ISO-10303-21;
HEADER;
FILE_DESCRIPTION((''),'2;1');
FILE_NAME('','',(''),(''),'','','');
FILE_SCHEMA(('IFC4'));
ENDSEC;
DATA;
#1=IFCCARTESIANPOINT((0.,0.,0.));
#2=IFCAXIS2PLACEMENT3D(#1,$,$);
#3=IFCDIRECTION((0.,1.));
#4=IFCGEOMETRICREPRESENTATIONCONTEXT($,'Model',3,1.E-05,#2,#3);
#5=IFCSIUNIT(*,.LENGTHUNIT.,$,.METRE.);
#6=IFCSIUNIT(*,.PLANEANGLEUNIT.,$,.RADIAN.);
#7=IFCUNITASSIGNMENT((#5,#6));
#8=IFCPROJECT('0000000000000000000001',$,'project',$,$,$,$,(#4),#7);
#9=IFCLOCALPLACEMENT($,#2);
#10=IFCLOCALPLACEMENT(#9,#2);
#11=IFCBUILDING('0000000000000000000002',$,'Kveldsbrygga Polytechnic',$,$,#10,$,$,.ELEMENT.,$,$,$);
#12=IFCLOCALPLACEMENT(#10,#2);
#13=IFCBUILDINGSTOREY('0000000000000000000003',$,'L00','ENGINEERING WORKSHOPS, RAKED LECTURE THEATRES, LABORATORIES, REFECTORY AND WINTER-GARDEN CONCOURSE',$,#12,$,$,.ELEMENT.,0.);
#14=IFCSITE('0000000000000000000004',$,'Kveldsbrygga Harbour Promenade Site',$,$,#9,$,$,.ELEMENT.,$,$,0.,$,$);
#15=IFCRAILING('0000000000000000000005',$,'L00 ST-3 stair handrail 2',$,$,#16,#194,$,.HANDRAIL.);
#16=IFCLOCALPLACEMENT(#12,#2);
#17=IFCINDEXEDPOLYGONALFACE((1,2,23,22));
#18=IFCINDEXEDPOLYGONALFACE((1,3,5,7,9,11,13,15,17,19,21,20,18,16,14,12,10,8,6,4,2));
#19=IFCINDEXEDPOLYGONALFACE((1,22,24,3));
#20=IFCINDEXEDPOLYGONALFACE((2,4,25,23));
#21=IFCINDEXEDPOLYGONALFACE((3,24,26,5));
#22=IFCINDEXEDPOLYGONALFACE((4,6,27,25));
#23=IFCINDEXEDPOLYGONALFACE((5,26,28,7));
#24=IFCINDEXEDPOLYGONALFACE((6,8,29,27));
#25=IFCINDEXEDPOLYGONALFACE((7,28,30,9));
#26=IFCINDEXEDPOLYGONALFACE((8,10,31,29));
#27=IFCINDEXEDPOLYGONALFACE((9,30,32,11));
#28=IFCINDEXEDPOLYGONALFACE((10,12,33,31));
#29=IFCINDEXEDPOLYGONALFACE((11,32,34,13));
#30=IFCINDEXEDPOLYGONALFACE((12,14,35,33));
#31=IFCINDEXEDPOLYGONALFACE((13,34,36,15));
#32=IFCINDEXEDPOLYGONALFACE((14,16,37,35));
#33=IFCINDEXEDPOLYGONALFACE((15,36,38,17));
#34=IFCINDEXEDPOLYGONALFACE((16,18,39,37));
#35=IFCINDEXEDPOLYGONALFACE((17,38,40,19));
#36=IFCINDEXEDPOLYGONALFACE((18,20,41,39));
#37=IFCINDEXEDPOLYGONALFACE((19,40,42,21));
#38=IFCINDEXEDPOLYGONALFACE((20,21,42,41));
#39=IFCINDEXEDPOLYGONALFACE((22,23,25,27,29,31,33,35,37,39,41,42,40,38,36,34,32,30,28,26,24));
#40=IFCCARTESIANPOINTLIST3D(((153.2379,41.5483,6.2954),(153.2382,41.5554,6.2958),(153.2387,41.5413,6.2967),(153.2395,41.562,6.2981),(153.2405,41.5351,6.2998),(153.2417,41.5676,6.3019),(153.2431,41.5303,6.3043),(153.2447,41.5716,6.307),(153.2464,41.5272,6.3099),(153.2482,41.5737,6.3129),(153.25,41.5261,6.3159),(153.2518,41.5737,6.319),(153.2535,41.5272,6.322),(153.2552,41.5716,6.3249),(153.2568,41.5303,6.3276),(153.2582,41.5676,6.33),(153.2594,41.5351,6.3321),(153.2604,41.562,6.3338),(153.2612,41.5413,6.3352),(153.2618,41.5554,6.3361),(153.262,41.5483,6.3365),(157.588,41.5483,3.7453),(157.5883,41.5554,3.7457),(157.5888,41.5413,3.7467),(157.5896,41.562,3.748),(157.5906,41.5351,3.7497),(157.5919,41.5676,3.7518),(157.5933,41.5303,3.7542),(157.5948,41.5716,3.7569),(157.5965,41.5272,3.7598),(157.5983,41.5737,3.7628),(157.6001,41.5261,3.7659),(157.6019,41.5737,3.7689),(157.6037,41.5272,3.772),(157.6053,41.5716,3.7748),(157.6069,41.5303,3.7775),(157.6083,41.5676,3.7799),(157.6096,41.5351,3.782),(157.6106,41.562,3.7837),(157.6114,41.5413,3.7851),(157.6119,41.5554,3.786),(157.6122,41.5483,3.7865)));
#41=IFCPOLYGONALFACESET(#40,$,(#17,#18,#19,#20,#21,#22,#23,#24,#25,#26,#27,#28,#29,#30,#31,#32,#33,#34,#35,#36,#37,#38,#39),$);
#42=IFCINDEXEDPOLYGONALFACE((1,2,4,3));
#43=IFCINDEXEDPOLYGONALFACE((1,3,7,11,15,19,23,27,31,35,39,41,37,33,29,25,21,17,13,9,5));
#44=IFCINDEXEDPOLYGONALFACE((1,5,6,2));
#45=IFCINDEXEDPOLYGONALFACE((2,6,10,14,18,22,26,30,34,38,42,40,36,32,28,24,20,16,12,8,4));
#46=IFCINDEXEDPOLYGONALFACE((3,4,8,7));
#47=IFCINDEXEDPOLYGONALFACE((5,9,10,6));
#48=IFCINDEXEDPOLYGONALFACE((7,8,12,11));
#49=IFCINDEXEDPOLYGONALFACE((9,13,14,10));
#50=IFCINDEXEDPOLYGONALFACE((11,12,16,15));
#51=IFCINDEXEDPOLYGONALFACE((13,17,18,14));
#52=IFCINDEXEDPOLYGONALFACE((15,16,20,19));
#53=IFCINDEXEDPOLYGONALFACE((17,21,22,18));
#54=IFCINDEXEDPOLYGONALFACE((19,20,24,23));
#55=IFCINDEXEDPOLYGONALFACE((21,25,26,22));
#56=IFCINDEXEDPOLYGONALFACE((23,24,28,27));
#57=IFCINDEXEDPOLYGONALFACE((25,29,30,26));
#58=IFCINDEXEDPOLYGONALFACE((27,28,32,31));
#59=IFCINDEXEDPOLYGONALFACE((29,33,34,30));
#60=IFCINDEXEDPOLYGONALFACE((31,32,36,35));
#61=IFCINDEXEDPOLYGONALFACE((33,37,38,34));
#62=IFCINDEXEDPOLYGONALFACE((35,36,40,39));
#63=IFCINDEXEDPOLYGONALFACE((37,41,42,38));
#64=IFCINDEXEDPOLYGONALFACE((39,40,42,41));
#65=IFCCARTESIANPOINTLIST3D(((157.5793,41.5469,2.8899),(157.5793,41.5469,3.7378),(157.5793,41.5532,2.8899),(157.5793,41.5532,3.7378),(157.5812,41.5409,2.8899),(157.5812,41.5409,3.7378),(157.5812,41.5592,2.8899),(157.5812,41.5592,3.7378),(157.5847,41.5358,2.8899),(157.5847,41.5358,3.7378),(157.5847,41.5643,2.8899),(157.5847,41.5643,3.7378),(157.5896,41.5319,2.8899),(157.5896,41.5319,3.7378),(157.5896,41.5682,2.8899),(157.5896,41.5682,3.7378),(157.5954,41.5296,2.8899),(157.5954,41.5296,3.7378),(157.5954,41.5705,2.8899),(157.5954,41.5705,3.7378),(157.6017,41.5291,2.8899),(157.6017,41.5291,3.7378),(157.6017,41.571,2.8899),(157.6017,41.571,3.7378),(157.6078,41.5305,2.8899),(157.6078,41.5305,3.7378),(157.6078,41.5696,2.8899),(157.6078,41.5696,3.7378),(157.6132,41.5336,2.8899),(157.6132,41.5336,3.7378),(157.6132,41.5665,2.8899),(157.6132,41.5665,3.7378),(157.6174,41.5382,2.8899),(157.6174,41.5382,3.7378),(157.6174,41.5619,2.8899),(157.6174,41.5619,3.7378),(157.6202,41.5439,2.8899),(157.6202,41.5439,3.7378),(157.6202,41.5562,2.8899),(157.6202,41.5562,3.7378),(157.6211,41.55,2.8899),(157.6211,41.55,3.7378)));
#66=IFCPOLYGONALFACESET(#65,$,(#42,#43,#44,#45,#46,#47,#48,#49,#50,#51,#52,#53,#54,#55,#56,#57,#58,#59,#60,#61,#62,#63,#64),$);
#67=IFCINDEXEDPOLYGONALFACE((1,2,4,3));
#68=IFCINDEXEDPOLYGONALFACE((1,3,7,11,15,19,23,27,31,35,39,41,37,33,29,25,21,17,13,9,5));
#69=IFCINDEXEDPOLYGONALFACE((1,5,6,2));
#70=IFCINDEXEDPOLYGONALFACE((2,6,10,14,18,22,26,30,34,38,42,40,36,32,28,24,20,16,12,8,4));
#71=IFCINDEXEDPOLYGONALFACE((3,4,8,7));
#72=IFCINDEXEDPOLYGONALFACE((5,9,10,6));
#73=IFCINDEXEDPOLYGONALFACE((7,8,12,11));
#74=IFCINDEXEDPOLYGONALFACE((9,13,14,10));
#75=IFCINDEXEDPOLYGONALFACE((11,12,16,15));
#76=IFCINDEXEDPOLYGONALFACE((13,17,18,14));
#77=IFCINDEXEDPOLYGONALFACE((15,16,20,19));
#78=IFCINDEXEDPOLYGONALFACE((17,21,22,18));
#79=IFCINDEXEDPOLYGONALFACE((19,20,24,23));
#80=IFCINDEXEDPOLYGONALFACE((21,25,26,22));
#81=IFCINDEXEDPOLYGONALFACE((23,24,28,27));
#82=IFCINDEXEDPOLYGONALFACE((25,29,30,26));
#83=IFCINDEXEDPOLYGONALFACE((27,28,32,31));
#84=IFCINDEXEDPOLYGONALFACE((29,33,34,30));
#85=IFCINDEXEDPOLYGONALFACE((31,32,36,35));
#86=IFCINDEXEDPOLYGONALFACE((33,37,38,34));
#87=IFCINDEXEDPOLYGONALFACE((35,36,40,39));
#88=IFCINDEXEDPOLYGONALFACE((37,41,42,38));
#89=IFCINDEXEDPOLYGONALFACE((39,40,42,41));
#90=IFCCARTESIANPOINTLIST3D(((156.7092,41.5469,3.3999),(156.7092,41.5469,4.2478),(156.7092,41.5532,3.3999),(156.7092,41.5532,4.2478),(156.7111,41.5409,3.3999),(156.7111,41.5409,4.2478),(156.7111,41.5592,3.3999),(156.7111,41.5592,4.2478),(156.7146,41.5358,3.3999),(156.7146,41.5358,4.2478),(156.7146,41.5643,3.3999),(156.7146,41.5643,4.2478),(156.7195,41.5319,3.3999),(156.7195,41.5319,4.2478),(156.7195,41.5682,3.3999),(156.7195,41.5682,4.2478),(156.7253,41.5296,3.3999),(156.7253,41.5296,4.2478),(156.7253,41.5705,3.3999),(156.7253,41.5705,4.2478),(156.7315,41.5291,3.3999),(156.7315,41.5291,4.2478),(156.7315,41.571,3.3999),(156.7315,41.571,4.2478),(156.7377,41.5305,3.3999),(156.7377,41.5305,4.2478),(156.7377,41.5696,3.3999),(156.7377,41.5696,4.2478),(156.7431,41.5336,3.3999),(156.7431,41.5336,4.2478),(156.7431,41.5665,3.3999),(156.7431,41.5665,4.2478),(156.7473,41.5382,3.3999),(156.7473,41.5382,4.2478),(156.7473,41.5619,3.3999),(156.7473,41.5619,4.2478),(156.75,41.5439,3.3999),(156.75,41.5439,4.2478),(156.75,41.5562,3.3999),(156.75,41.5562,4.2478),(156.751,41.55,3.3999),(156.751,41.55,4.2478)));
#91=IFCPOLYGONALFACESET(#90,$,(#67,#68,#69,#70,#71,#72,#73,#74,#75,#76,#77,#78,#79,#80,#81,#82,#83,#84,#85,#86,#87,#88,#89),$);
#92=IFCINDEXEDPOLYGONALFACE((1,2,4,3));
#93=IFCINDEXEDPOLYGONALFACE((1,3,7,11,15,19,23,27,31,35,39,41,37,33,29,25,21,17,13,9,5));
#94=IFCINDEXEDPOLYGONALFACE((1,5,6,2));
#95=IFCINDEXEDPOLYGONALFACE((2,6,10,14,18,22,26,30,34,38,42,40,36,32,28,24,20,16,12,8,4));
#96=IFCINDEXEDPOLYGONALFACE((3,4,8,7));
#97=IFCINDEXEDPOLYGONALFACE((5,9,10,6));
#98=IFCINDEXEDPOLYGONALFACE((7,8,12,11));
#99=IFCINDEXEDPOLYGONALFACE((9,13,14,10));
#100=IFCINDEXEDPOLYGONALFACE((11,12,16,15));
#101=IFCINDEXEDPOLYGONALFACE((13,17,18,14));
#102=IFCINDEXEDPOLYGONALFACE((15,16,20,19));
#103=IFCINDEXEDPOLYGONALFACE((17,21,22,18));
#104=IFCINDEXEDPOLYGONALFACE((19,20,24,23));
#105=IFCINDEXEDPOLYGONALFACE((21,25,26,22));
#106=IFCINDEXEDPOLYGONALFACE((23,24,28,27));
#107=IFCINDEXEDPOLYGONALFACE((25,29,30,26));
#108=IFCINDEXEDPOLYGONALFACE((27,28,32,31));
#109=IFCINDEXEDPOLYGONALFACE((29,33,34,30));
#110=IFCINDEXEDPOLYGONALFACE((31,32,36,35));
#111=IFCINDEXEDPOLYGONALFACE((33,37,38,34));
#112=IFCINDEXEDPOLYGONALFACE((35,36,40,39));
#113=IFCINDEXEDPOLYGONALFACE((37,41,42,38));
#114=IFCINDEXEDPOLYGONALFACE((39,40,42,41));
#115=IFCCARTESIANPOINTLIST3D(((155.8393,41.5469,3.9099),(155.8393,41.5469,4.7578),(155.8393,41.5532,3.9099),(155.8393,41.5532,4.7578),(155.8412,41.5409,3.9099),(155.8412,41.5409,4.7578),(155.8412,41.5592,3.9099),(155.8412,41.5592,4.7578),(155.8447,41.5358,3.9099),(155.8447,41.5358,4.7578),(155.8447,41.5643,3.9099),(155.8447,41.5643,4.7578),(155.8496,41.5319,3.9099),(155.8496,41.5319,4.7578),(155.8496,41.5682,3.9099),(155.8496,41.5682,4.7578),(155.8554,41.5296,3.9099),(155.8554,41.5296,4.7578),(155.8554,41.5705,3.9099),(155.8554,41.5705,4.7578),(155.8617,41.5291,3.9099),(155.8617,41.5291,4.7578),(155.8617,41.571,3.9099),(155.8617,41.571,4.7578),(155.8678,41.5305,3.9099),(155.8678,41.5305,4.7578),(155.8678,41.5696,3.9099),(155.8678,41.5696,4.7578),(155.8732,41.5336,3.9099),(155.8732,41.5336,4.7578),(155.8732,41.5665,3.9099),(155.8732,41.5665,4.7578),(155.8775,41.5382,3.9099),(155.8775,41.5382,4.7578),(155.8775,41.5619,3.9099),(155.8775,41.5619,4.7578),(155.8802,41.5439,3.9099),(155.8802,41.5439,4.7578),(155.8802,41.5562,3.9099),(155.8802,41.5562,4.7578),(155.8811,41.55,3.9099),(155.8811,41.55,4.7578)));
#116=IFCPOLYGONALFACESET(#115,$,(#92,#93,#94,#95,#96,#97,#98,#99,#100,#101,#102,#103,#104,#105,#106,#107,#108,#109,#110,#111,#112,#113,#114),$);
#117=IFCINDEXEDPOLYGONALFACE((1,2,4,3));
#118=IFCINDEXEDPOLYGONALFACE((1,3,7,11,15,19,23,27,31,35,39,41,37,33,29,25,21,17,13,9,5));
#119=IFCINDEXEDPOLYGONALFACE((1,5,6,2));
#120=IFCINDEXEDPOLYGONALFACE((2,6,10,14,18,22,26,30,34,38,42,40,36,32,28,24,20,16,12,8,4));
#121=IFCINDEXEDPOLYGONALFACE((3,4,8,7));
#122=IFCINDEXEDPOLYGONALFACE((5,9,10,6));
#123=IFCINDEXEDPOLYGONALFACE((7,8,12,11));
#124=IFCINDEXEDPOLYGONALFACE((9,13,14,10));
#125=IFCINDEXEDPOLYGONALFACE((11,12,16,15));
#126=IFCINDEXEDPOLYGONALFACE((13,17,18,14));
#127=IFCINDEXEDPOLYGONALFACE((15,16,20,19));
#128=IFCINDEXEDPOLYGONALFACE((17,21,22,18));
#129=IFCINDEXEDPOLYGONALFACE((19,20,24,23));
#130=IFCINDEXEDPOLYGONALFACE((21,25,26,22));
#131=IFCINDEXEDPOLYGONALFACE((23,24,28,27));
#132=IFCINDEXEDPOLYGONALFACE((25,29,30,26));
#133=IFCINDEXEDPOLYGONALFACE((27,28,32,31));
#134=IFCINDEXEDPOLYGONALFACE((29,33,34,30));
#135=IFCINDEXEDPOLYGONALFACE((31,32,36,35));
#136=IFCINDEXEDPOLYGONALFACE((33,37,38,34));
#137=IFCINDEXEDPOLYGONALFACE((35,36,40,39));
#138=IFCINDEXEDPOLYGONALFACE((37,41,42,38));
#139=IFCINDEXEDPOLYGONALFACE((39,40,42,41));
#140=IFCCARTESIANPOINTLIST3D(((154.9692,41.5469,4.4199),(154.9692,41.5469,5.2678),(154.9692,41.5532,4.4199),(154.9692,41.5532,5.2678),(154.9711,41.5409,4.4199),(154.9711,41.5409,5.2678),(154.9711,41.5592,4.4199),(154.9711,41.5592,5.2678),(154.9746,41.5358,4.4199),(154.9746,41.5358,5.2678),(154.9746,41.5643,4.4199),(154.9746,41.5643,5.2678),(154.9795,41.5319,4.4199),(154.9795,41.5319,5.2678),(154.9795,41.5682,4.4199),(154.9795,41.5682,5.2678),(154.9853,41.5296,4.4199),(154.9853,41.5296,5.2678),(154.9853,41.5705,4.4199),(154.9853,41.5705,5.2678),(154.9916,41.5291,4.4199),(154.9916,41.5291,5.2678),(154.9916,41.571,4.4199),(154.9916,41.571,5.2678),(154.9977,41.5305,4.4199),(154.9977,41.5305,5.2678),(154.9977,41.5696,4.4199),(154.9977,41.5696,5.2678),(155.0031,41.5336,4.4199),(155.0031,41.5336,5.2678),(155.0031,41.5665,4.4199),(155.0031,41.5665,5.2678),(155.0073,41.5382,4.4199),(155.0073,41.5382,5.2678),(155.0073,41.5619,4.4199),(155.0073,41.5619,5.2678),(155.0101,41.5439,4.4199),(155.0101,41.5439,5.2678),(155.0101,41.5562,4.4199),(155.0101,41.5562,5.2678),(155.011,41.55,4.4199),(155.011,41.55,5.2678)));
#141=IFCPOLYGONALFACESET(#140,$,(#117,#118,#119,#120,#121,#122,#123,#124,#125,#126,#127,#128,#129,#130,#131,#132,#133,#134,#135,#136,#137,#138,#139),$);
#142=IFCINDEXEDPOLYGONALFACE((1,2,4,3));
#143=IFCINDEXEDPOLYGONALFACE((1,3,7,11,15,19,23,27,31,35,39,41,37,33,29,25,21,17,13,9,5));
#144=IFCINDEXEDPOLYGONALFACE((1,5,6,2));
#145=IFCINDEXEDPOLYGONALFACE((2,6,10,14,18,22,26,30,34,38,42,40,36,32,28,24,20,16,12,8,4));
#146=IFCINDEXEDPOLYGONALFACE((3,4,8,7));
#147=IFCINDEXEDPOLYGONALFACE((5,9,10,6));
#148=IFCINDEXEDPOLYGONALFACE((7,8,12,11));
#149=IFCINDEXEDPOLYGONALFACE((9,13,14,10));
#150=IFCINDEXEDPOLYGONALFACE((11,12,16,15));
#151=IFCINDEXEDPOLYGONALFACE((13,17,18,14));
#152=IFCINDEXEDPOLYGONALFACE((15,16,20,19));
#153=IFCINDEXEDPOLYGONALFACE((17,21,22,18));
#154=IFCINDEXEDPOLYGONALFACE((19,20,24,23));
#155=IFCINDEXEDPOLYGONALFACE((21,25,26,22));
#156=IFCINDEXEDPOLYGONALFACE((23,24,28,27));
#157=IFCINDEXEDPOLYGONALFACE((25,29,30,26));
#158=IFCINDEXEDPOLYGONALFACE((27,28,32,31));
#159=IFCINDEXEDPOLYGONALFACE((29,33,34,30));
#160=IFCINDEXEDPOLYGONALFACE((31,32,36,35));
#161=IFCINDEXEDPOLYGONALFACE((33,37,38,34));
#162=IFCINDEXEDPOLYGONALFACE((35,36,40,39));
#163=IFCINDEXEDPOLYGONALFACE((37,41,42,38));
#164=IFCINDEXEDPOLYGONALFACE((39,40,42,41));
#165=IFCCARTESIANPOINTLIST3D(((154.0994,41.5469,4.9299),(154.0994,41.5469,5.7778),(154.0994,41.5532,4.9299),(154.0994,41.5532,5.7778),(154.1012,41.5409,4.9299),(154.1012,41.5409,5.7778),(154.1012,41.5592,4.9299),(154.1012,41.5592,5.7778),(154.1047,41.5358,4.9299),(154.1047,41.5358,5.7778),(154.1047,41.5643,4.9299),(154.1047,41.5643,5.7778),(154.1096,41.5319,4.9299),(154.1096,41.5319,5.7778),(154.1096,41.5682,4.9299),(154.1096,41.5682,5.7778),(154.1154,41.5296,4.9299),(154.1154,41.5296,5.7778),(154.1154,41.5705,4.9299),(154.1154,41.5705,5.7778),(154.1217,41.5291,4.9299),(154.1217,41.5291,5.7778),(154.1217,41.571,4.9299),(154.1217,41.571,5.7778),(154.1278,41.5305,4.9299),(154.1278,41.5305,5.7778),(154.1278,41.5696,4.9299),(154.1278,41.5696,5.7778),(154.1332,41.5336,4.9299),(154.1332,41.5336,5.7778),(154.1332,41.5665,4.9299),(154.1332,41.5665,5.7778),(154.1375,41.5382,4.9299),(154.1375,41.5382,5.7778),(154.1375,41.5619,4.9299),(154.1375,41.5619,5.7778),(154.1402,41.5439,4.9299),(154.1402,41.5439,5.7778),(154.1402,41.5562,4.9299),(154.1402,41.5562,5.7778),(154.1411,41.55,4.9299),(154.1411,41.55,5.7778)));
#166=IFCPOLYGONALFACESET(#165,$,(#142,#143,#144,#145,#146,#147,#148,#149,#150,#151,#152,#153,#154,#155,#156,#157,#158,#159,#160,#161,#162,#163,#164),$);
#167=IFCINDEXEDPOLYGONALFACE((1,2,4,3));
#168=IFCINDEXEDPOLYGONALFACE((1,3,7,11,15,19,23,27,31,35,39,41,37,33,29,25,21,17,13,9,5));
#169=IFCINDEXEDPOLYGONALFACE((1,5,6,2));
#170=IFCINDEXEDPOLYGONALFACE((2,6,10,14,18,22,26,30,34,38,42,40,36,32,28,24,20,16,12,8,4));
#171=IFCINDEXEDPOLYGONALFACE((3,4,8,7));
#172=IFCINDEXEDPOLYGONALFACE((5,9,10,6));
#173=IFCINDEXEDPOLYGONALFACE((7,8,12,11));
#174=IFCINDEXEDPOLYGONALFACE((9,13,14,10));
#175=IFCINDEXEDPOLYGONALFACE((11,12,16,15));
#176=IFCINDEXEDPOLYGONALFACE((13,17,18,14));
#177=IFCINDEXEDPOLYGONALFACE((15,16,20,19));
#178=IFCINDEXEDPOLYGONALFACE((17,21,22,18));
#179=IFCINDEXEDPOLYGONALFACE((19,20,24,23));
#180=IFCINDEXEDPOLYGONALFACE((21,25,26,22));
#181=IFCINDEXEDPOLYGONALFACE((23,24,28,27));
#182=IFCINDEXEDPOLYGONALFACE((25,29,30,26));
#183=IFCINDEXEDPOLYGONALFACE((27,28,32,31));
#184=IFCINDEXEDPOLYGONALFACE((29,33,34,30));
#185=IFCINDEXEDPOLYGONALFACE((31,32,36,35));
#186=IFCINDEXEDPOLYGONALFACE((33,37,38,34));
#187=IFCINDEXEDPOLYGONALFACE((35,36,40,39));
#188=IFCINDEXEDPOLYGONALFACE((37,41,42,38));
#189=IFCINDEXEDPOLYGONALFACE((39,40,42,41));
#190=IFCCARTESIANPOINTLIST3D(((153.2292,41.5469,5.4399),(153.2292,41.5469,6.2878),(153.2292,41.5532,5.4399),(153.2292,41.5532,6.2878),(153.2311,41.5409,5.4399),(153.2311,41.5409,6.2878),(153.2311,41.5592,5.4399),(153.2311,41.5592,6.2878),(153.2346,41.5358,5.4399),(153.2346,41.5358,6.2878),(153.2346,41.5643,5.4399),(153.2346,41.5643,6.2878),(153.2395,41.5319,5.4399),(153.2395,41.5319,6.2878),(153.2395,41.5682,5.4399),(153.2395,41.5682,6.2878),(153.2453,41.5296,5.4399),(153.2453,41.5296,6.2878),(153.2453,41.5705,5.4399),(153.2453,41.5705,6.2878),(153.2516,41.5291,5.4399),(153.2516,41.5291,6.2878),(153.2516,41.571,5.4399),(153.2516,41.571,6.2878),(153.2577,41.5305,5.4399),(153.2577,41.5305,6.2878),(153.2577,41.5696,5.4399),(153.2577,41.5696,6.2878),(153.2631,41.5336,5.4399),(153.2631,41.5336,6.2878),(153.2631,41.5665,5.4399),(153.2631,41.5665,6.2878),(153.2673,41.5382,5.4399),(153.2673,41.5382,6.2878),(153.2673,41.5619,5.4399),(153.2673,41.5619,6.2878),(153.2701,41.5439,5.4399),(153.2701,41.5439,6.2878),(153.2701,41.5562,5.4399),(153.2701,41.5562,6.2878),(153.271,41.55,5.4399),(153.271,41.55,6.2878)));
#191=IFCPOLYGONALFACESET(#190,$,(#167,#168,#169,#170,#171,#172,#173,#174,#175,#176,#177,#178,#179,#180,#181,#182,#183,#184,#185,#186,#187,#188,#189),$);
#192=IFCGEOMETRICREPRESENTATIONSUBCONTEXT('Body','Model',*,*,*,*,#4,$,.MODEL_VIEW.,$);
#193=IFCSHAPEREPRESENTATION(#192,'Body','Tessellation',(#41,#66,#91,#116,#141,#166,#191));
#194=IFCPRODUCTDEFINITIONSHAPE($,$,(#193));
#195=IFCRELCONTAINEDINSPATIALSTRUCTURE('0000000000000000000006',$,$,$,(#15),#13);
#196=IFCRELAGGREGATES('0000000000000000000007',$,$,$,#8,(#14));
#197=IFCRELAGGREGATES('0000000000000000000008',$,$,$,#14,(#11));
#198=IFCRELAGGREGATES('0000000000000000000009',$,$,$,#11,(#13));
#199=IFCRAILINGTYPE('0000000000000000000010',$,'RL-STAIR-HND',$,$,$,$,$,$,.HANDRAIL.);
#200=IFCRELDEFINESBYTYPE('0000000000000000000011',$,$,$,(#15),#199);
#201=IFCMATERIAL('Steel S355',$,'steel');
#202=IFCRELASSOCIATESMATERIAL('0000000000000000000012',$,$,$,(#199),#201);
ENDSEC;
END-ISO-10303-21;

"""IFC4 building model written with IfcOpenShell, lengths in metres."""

from ifc_helpers import new_model, si_unit, direction, frame, origin, origin_2d, place, context, subcontext, project, spatial, circle, extrude, material, type_object, element, save


model = new_model("IFC4")

# Units and contexts
model_context = context("Model", 3, precision=1e-05, world=origin(), true_north=direction((0.0, 1.0)))
body_context = subcontext(model_context, "Body", "Model", "MODEL_VIEW")
ifc_project = project(units=[si_unit("LENGTHUNIT", "METRE"), si_unit("PLANEANGLEUNIT", "RADIAN")], contexts=[model_context])

# Site, building, storey
site_placement = place(None, origin())
site = spatial("IfcSite", under=ifc_project, at=site_placement, Name="Kveldsbrygga Harbour Promenade Site", CompositionType="ELEMENT", RefElevation=0.0)
building_placement = place(site_placement, origin())
building = spatial("IfcBuilding", under=site, at=building_placement, Name="Kveldsbrygga Polytechnic", CompositionType="ELEMENT")
storey_placement = place(building_placement, origin())
storey = spatial("IfcBuildingStorey", under=building, at=storey_placement, Name="L00", Description="ENGINEERING WORKSHOPS, RAKED LECTURE THEATRES, LABORATORIES, REFECTORY AND WINTER-GARDEN CONCOURSE", CompositionType="ELEMENT", Elevation=0.0)

# Railing
ifc_material_1 = material(Name="Steel S355", Category="steel")
railing_type_1 = type_object("IfcRailingType", Name="RL-STAIR-HND", PredefinedType="HANDRAIL", material=ifc_material_1)
railing_1_placement = place(storey_placement, frame((157.6001, 41.55, 2.8899)))
element("IfcRailing", 1, at=railing_1_placement, inside=storey, type_object=railing_type_1, Name="L00 ST-3 stair handrail 2", PredefinedType="HANDRAIL", context=body_context, shape_type="SweptSolid", body=[
    extrude(circle(Radius=0.0239, at=origin_2d()), frame((0.0, 0.0, 0.876), z_axis=(-0.862699, 0.0, 0.505718), x_axis=(0.0, -1.0, 0.0)), (0.0, 0.0, 1.0), 5.0425),
    extrude(circle(Radius=0.021, at=origin_2d()), origin(), (0.0, 0.0, 1.0), 0.8479),
    extrude(circle(Radius=0.021, at=origin_2d()), frame((-0.8701, 0.0, 0.51)), (0.0, 0.0, 1.0), 0.8479),
    extrude(circle(Radius=0.021, at=origin_2d()), frame((-1.74, 0.0, 1.02)), (0.0, 0.0, 1.0), 0.8479),
    extrude(circle(Radius=0.021, at=origin_2d()), frame((-2.6101, 0.0, 1.53)), (0.0, 0.0, 1.0), 0.8479),
    extrude(circle(Radius=0.021, at=origin_2d()), frame((-3.48, 0.0, 2.04)), (0.0, 0.0, 1.0), 0.8479),
    extrude(circle(Radius=0.021, at=origin_2d()), frame((-4.3501, 0.0, 2.55)), (0.0, 0.0, 1.0), 0.8479),
])

save(model, "model.ifc")
